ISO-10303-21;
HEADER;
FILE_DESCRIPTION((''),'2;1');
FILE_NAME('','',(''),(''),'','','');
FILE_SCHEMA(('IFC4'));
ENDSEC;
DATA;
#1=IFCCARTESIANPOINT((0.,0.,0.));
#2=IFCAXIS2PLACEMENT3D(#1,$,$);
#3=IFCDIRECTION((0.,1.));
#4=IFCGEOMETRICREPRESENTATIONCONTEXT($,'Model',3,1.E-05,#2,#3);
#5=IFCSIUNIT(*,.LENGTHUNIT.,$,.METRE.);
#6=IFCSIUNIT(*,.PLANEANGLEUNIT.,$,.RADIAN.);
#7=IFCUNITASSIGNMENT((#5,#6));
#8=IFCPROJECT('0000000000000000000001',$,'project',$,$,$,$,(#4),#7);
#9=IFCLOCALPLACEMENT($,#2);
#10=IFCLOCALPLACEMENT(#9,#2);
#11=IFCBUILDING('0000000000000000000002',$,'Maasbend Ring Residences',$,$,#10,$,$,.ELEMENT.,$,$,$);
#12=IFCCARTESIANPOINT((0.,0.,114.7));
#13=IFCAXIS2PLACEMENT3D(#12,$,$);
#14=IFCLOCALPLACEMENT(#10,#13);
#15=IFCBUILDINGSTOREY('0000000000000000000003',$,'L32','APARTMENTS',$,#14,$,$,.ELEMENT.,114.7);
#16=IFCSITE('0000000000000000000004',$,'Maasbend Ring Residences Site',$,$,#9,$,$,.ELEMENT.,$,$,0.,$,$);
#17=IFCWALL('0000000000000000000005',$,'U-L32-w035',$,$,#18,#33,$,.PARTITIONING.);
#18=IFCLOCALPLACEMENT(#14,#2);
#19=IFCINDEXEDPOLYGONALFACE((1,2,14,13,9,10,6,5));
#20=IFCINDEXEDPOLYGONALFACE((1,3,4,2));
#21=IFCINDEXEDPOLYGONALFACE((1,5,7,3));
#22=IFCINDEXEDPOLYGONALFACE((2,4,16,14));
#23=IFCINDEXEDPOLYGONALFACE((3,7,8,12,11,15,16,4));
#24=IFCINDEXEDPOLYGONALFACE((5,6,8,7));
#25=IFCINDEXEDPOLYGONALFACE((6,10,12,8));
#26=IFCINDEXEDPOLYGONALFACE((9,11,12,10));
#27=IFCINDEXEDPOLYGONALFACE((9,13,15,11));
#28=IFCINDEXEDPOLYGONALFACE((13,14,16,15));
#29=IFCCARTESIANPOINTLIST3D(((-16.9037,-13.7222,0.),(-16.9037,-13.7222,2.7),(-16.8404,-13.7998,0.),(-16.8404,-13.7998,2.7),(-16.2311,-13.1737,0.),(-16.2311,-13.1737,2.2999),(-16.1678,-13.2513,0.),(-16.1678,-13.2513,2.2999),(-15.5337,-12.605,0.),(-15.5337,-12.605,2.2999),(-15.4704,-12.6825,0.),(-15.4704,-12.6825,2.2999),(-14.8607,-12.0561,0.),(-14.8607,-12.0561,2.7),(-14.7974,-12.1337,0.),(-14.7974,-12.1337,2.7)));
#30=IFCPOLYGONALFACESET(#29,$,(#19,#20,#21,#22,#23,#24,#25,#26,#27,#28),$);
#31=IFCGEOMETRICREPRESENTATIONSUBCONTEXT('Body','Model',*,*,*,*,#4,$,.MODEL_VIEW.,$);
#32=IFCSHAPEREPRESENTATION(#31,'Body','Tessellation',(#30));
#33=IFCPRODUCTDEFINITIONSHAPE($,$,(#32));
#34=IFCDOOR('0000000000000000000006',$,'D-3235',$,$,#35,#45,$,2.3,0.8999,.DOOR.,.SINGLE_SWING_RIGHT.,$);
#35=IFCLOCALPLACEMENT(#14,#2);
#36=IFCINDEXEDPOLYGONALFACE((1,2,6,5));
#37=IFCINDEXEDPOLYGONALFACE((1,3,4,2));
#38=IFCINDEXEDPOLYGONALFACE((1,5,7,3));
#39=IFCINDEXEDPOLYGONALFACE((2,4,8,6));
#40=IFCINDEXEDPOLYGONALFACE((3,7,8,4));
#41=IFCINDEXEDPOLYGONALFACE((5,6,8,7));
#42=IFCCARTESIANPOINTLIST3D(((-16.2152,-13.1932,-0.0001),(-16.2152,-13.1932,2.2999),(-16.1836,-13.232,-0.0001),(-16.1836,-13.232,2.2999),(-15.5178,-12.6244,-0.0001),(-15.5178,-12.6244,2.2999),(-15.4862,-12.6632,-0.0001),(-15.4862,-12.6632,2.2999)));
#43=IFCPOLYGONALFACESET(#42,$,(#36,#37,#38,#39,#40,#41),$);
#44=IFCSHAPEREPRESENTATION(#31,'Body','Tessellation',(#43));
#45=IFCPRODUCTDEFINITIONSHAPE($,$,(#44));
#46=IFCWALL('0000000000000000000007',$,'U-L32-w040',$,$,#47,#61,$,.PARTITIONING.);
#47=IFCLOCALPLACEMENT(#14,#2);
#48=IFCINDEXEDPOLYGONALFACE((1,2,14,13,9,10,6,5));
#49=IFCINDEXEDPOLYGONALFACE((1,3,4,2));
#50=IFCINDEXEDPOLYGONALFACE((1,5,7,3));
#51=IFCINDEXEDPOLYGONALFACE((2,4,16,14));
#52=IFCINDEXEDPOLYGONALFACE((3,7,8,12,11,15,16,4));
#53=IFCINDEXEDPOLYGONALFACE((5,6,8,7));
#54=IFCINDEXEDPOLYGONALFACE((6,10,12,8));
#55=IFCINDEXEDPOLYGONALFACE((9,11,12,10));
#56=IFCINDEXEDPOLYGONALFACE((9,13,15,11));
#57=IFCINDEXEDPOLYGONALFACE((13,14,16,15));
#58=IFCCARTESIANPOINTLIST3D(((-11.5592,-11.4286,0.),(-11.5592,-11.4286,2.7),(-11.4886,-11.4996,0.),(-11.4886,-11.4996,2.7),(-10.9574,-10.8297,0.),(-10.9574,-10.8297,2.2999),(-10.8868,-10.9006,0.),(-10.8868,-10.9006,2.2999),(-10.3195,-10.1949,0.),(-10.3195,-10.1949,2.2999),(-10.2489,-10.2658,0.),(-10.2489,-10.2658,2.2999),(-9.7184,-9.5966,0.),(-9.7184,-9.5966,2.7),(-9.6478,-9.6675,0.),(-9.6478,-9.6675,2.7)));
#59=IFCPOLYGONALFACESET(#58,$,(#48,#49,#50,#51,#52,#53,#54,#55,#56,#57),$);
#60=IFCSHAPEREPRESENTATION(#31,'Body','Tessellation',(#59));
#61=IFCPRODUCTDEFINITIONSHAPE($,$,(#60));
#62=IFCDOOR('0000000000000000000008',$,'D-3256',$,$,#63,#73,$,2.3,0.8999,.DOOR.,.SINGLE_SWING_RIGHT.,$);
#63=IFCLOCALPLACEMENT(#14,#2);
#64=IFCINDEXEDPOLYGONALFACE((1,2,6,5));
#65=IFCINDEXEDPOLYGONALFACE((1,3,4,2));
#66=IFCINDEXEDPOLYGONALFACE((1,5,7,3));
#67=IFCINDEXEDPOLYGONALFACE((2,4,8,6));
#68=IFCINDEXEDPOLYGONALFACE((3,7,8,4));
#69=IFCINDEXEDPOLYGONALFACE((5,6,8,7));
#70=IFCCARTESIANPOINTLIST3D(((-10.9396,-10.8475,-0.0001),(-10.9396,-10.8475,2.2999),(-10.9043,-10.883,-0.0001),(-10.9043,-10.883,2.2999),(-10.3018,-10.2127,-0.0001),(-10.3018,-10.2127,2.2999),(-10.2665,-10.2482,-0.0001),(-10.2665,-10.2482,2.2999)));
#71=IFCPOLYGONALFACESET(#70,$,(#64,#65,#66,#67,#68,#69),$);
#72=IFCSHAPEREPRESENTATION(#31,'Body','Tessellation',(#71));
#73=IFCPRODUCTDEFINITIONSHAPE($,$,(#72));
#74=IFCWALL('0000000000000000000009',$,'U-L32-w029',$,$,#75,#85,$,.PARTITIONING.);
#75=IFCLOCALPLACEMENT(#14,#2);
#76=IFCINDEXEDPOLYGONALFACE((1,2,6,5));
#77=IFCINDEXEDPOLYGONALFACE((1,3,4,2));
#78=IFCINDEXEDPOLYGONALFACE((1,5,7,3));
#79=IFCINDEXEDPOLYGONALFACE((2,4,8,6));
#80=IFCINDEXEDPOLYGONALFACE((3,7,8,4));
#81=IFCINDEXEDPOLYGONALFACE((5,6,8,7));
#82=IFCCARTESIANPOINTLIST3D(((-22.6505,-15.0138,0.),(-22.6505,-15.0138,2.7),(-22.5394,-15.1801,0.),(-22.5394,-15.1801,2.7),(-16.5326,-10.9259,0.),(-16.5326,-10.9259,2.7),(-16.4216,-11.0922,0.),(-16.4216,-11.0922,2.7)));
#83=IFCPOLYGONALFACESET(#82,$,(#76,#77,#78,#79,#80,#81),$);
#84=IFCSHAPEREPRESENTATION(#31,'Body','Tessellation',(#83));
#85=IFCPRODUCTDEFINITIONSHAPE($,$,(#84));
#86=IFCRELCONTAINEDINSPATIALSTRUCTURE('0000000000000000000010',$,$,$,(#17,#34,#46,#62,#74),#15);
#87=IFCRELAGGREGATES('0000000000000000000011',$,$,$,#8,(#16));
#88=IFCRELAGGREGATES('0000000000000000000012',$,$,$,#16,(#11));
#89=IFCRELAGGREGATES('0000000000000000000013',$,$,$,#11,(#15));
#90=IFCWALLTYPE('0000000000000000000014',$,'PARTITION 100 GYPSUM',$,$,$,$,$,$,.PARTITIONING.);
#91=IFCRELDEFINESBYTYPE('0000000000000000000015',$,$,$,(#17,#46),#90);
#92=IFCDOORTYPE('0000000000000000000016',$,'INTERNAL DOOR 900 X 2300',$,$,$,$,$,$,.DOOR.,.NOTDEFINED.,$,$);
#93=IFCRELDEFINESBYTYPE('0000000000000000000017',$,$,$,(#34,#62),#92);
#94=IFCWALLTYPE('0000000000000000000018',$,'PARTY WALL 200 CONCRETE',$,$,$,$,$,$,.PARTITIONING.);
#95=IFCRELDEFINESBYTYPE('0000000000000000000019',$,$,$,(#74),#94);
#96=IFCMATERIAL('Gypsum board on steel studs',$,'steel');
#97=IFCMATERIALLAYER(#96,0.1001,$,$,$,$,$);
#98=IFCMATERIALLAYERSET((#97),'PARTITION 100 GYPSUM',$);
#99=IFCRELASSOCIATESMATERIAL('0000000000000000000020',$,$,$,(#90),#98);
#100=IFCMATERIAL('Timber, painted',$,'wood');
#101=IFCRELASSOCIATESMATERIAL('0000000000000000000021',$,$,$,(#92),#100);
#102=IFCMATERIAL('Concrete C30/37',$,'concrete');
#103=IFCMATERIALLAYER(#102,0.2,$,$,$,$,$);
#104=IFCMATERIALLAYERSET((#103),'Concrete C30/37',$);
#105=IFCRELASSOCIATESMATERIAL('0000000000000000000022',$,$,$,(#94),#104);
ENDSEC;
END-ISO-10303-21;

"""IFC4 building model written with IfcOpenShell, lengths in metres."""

from ifc_helpers import new_model, si_unit, direction, frame, frame_2d, origin, place, context, subcontext, project, spatial, rectangle, extrude, material, layer, layer_set, type_object, element, fill, save


model = new_model("IFC4")

# Units and contexts
model_context = context("Model", 3, precision=1e-05, world=origin(), true_north=direction((0.0, 1.0)))
body_context = subcontext(model_context, "Body", "Model", "MODEL_VIEW")
ifc_project = project(units=[si_unit("LENGTHUNIT", "METRE"), si_unit("PLANEANGLEUNIT", "RADIAN")], contexts=[model_context])

# Site, building, storey
site_placement = place(None, origin())
site = spatial("IfcSite", under=ifc_project, at=site_placement, Name="Maasbend Ring Residences Site", CompositionType="ELEMENT", RefElevation=0.0)
building_placement = place(site_placement, origin())
building = spatial("IfcBuilding", under=site, at=building_placement, Name="Maasbend Ring Residences", CompositionType="ELEMENT")
storey_placement = place(building_placement, frame((0.0, 0.0, 114.7)))
storey = spatial("IfcBuildingStorey", under=building, at=storey_placement, Name="L32", Description="APARTMENTS", CompositionType="ELEMENT", Elevation=114.7)

# Shared definitions
ifc_material_1 = material(Name="Gypsum board on steel studs", Category="steel")
ifc_layer_1 = layer(ifc_material_1, 0.1001)
ifc_layer_set_1 = layer_set([ifc_layer_1], Name="PARTITION 100 GYPSUM")
wall_type_1 = type_object("IfcWallType", Name="PARTITION 100 GYPSUM", PredefinedType="PARTITIONING", material=ifc_layer_set_1)

# Walls, openings, doors
wall_1_placement = place(storey_placement, frame((-16.8721, -13.761, 0.0), z_axis=(0.0, 0.0, 1.0), x_axis=(0.77498, 0.631986, 0.0)))
wall_1 = element("IfcWall", 1, at=wall_1_placement, inside=storey, type_object=wall_type_1, Name="U-L32-w035", PredefinedType="PARTITIONING", context=body_context, shape_type="SweptSolid", body=[
    extrude(rectangle(XDim=2.6362, YDim=0.1001, at=frame_2d((1.3181, 0.0))), origin(), (0.0, 0.0, 1.0), 2.7),
])
opening_1_placement = place(wall_1_placement, frame((0.8679, 0.0, 0.0)))
opening_1 = element("IfcOpeningElement", 2, at=opening_1_placement, cuts=wall_1, PredefinedType="OPENING", context=body_context, shape_type="SweptSolid", body=[
    extrude(rectangle(XDim=0.8999, YDim=2.3, at=frame_2d((0.45, 1.1499))), frame((0.0, 0.0601, 0.0), z_axis=(0.0, -1.0, 0.0), x_axis=(1.0, 0.0, 0.0)), (0.0, 0.0, 1.0), 0.1201),
])
ifc_material_2 = material(Name="Timber, painted", Category="wood")
door_type_1 = type_object("IfcDoorType", Name="INTERNAL DOOR 900 X 2300", OperationType="NOTDEFINED", PredefinedType="DOOR", material=ifc_material_2)
door_1_placement = place(opening_1_placement, origin())
door_1 = element("IfcDoor", 3, at=door_1_placement, inside=storey, type_object=door_type_1, Name="D-3235", OperationType="SINGLE_SWING_RIGHT", OverallHeight=2.3, OverallWidth=0.8999, PredefinedType="DOOR", context=body_context, shape_type="SweptSolid", body=[
    extrude(rectangle(XDim=0.8999, YDim=2.3, at=frame_2d((0.45, 1.1499))), frame((0.0, 0.0249, 0.0), z_axis=(0.0, -1.0, 0.0), x_axis=(1.0, 0.0, 0.0)), (0.0, 0.0, 1.0), 0.05),
])
fill(opening_1, door_1)
wall_2_placement = place(storey_placement, frame((-11.5239, -11.4641, 0.0), z_axis=(0.0, 0.0, 1.0), x_axis=(0.708797, 0.705413, 0.0)))
wall_2 = element("IfcWall", 4, at=wall_2_placement, inside=storey, type_object=wall_type_1, Name="U-L32-w040", PredefinedType="PARTITIONING", context=body_context, shape_type="SweptSolid", body=[
    extrude(rectangle(XDim=2.5972, YDim=0.1001, at=frame_2d((1.2986, 0.0))), origin(), (0.0, 0.0, 1.0), 2.7),
])
opening_2_placement = place(wall_2_placement, frame((0.8491, 0.0, 0.0)))
opening_2 = element("IfcOpeningElement", 5, at=opening_2_placement, cuts=wall_2, PredefinedType="OPENING", context=body_context, shape_type="SweptSolid", body=[
    extrude(rectangle(XDim=0.8999, YDim=2.3, at=frame_2d((0.45, 1.1499))), frame((0.0, 0.0601, 0.0), z_axis=(0.0, -1.0, 0.0), x_axis=(1.0, 0.0, 0.0)), (0.0, 0.0, 1.0), 0.1201),
])
door_2_placement = place(opening_2_placement, origin())
door_2 = element("IfcDoor", 6, at=door_2_placement, inside=storey, type_object=door_type_1, Name="D-3256", OperationType="SINGLE_SWING_RIGHT", OverallHeight=2.3, OverallWidth=0.8999, PredefinedType="DOOR", context=body_context, shape_type="SweptSolid", body=[
    extrude(rectangle(XDim=0.8999, YDim=2.3, at=frame_2d((0.45, 1.1499))), frame((0.0, 0.0249, 0.0), z_axis=(0.0, -1.0, 0.0), x_axis=(1.0, 0.0, 0.0)), (0.0, 0.0, 1.0), 0.05),
])
fill(opening_2, door_2)

# Wall
ifc_material_3 = material(Name="Concrete C30/37", Category="concrete")
ifc_layer_2 = layer(ifc_material_3, 0.2)
ifc_layer_set_2 = layer_set([ifc_layer_2], Name="Concrete C30/37")
wall_type_2 = type_object("IfcWallType", Name="PARTY WALL 200 CONCRETE", PredefinedType="PARTITIONING", material=ifc_layer_set_2)
wall_3_placement = place(storey_placement, frame((-22.595, -15.0969, 0.0), z_axis=(0.0, 0.0, 1.0), x_axis=(0.831468, 0.555573, 0.0)))
element("IfcWall", 7, at=wall_3_placement, inside=storey, type_object=wall_type_2, Name="U-L32-w029", PredefinedType="PARTITIONING", context=body_context, shape_type="SweptSolid", body=[
    extrude(rectangle(XDim=7.3579, YDim=0.2, at=frame_2d((3.679, 0.0))), origin(), (0.0, 0.0, 1.0), 2.7),
])

save(model, "model.ifc")
